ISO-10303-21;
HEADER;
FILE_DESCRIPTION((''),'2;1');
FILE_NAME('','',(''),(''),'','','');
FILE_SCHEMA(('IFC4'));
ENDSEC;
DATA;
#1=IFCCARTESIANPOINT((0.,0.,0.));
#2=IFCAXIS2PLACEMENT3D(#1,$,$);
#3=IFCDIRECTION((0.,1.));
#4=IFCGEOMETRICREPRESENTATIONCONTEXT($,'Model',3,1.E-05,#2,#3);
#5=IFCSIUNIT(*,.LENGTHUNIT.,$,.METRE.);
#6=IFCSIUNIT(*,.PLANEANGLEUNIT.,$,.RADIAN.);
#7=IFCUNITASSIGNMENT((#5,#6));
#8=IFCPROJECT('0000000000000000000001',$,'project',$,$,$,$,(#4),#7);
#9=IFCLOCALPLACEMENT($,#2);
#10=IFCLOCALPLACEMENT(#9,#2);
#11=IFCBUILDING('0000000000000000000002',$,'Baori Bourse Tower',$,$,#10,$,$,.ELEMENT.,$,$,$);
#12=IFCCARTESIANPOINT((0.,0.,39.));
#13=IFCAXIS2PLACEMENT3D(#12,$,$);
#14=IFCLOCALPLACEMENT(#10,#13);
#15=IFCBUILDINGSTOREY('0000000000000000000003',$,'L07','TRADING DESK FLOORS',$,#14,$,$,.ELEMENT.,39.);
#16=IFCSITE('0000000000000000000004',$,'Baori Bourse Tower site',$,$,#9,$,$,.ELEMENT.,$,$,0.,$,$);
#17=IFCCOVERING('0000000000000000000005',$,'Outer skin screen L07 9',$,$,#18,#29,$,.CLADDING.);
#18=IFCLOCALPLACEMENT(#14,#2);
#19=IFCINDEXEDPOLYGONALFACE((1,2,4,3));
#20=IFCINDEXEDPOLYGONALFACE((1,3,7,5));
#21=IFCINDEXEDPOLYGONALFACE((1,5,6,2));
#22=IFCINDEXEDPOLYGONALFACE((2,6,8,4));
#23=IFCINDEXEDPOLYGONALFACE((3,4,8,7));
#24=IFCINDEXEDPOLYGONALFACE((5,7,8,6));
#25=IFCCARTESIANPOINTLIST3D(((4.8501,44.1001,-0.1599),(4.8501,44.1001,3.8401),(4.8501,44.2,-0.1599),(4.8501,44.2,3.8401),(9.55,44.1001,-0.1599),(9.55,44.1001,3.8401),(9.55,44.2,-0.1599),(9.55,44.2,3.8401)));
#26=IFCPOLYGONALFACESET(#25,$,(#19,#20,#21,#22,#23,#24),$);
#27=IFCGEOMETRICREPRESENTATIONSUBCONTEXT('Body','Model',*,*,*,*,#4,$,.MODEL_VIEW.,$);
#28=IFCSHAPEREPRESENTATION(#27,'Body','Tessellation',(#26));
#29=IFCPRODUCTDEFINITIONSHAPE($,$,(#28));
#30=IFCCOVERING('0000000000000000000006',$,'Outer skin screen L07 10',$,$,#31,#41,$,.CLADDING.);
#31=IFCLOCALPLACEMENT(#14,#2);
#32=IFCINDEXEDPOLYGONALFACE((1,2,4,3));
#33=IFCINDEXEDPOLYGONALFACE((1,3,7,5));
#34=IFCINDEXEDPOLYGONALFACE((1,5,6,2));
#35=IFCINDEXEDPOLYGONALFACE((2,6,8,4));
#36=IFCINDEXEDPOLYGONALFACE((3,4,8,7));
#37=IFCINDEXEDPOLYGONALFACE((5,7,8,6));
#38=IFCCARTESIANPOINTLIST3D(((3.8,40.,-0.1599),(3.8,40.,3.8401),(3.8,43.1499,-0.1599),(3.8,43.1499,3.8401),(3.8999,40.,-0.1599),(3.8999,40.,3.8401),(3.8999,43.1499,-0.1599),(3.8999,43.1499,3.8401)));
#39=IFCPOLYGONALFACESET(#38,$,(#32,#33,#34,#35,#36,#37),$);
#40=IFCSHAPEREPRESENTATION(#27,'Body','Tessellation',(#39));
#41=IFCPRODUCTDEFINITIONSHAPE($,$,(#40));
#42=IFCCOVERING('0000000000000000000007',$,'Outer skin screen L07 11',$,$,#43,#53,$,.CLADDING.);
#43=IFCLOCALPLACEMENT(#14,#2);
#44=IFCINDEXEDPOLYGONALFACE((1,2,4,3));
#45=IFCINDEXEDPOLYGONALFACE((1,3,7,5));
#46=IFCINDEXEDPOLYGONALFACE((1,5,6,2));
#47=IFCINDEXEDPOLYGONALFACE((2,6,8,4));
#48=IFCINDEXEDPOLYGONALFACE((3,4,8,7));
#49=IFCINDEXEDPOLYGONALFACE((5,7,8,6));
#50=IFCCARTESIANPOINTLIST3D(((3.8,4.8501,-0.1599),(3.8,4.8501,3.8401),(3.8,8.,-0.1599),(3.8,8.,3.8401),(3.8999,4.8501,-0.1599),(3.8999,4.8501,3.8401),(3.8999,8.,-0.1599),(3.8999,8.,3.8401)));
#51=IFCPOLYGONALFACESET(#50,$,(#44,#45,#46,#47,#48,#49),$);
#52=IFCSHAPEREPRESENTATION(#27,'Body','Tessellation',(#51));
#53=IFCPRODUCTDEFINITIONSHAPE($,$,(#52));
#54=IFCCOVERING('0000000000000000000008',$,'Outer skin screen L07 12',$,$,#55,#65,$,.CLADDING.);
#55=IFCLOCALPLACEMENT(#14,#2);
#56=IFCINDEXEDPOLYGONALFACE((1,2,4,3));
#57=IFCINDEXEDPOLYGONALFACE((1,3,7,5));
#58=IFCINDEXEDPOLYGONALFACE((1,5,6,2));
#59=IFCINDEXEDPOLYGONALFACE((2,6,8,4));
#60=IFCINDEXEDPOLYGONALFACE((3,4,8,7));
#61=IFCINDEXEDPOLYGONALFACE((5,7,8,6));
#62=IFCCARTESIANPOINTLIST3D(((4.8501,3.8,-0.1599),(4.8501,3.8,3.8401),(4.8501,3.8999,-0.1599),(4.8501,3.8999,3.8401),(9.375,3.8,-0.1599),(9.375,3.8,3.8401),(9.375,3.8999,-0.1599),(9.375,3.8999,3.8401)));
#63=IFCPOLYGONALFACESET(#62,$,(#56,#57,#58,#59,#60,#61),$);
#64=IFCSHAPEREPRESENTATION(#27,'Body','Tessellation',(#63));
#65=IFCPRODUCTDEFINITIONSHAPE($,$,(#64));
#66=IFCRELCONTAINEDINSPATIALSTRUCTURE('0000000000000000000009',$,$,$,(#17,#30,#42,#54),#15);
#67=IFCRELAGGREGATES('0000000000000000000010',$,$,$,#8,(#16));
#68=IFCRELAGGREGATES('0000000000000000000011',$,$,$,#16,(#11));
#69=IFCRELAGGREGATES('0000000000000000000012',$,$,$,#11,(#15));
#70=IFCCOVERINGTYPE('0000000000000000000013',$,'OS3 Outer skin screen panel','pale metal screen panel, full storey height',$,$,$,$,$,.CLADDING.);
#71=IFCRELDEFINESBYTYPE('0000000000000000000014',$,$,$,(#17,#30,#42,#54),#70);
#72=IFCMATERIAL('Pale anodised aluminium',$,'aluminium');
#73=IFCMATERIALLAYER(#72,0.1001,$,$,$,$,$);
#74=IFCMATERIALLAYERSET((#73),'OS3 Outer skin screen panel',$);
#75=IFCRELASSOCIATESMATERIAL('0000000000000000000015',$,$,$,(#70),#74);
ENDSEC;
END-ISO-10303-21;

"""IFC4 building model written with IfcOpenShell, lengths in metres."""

from ifc_helpers import new_model, si_unit, direction, frame, origin, place, context, subcontext, project, spatial, polyline, outline, extrude, material, layer, layer_set, type_object, element, save


model = new_model("IFC4")

# Units and contexts
model_context = context("Model", 3, precision=1e-05, world=origin(), true_north=direction((0.0, 1.0)))
body_context = subcontext(model_context, "Body", "Model", "MODEL_VIEW")
ifc_project = project(units=[si_unit("LENGTHUNIT", "METRE"), si_unit("PLANEANGLEUNIT", "RADIAN")], contexts=[model_context])

# Site, building, storey
site_placement = place(None, origin())
site = spatial("IfcSite", under=ifc_project, at=site_placement, Name="Baori Bourse Tower site", CompositionType="ELEMENT", RefElevation=0.0)
building_placement = place(site_placement, origin())
building = spatial("IfcBuilding", under=site, at=building_placement, Name="Baori Bourse Tower", CompositionType="ELEMENT")
storey_placement = place(building_placement, frame((0.0, 0.0, 39.0)))
storey = spatial("IfcBuildingStorey", under=building, at=storey_placement, Name="L07", Description="TRADING DESK FLOORS", CompositionType="ELEMENT", Elevation=39.0)

# Coverings
ifc_material_1 = material(Name="Pale anodised aluminium", Category="aluminium")
ifc_layer_1 = layer(ifc_material_1, 0.1001)
ifc_layer_set_1 = layer_set([ifc_layer_1], Name="OS3 Outer skin screen panel")
covering_type = type_object("IfcCoveringType", Name="OS3 Outer skin screen panel", Description="pale metal screen panel, full storey height", PredefinedType="CLADDING", material=ifc_layer_set_1)
covering_1_placement = place(storey_placement, frame((0.0, 0.0, -0.1599)))
element("IfcCovering", 1, at=covering_1_placement, inside=storey, type_object=covering_type, Name="Outer skin screen L07 9", PredefinedType="CLADDING", context=body_context, shape_type="SweptSolid", body=[
    extrude(outline(polyline([(4.8501, 44.1001), (9.55, 44.1001), (9.55, 44.2), (4.8501, 44.2), (4.8501, 44.1001)])), origin(), (0.0, 0.0, 1.0), 4.0),
])
covering_2_placement = place(storey_placement, frame((0.0, 0.0, -0.1599)))
element("IfcCovering", 2, at=covering_2_placement, inside=storey, type_object=covering_type, Name="Outer skin screen L07 10", PredefinedType="CLADDING", context=body_context, shape_type="SweptSolid", body=[
    extrude(outline(polyline([(3.8999, 40.0), (3.8999, 43.1499), (3.8, 43.1499), (3.8, 40.0), (3.8999, 40.0), (3.8999, 40.0)])), origin(), (0.0, 0.0, 1.0), 4.0),
])
covering_3_placement = place(storey_placement, frame((0.0, 0.0, -0.1599)))
element("IfcCovering", 3, at=covering_3_placement, inside=storey, type_object=covering_type, Name="Outer skin screen L07 11", PredefinedType="CLADDING", context=body_context, shape_type="SweptSolid", body=[
    extrude(outline(polyline([(3.8999, 4.8501), (3.8999, 8.0), (3.8999, 8.0), (3.8, 8.0), (3.8, 4.8501), (3.8999, 4.8501)])), origin(), (0.0, 0.0, 1.0), 4.0),
])
covering_4_placement = place(storey_placement, frame((0.0, 0.0, -0.1599)))
element("IfcCovering", 4, at=covering_4_placement, inside=storey, type_object=covering_type, Name="Outer skin screen L07 12", PredefinedType="CLADDING", context=body_context, shape_type="SweptSolid", body=[
    extrude(outline(polyline([(9.375, 3.8999), (4.8501, 3.8999), (4.8501, 3.8), (9.375, 3.8), (9.375, 3.8999)])), origin(), (0.0, 0.0, 1.0), 4.0),
])

save(model, "model.ifc")
